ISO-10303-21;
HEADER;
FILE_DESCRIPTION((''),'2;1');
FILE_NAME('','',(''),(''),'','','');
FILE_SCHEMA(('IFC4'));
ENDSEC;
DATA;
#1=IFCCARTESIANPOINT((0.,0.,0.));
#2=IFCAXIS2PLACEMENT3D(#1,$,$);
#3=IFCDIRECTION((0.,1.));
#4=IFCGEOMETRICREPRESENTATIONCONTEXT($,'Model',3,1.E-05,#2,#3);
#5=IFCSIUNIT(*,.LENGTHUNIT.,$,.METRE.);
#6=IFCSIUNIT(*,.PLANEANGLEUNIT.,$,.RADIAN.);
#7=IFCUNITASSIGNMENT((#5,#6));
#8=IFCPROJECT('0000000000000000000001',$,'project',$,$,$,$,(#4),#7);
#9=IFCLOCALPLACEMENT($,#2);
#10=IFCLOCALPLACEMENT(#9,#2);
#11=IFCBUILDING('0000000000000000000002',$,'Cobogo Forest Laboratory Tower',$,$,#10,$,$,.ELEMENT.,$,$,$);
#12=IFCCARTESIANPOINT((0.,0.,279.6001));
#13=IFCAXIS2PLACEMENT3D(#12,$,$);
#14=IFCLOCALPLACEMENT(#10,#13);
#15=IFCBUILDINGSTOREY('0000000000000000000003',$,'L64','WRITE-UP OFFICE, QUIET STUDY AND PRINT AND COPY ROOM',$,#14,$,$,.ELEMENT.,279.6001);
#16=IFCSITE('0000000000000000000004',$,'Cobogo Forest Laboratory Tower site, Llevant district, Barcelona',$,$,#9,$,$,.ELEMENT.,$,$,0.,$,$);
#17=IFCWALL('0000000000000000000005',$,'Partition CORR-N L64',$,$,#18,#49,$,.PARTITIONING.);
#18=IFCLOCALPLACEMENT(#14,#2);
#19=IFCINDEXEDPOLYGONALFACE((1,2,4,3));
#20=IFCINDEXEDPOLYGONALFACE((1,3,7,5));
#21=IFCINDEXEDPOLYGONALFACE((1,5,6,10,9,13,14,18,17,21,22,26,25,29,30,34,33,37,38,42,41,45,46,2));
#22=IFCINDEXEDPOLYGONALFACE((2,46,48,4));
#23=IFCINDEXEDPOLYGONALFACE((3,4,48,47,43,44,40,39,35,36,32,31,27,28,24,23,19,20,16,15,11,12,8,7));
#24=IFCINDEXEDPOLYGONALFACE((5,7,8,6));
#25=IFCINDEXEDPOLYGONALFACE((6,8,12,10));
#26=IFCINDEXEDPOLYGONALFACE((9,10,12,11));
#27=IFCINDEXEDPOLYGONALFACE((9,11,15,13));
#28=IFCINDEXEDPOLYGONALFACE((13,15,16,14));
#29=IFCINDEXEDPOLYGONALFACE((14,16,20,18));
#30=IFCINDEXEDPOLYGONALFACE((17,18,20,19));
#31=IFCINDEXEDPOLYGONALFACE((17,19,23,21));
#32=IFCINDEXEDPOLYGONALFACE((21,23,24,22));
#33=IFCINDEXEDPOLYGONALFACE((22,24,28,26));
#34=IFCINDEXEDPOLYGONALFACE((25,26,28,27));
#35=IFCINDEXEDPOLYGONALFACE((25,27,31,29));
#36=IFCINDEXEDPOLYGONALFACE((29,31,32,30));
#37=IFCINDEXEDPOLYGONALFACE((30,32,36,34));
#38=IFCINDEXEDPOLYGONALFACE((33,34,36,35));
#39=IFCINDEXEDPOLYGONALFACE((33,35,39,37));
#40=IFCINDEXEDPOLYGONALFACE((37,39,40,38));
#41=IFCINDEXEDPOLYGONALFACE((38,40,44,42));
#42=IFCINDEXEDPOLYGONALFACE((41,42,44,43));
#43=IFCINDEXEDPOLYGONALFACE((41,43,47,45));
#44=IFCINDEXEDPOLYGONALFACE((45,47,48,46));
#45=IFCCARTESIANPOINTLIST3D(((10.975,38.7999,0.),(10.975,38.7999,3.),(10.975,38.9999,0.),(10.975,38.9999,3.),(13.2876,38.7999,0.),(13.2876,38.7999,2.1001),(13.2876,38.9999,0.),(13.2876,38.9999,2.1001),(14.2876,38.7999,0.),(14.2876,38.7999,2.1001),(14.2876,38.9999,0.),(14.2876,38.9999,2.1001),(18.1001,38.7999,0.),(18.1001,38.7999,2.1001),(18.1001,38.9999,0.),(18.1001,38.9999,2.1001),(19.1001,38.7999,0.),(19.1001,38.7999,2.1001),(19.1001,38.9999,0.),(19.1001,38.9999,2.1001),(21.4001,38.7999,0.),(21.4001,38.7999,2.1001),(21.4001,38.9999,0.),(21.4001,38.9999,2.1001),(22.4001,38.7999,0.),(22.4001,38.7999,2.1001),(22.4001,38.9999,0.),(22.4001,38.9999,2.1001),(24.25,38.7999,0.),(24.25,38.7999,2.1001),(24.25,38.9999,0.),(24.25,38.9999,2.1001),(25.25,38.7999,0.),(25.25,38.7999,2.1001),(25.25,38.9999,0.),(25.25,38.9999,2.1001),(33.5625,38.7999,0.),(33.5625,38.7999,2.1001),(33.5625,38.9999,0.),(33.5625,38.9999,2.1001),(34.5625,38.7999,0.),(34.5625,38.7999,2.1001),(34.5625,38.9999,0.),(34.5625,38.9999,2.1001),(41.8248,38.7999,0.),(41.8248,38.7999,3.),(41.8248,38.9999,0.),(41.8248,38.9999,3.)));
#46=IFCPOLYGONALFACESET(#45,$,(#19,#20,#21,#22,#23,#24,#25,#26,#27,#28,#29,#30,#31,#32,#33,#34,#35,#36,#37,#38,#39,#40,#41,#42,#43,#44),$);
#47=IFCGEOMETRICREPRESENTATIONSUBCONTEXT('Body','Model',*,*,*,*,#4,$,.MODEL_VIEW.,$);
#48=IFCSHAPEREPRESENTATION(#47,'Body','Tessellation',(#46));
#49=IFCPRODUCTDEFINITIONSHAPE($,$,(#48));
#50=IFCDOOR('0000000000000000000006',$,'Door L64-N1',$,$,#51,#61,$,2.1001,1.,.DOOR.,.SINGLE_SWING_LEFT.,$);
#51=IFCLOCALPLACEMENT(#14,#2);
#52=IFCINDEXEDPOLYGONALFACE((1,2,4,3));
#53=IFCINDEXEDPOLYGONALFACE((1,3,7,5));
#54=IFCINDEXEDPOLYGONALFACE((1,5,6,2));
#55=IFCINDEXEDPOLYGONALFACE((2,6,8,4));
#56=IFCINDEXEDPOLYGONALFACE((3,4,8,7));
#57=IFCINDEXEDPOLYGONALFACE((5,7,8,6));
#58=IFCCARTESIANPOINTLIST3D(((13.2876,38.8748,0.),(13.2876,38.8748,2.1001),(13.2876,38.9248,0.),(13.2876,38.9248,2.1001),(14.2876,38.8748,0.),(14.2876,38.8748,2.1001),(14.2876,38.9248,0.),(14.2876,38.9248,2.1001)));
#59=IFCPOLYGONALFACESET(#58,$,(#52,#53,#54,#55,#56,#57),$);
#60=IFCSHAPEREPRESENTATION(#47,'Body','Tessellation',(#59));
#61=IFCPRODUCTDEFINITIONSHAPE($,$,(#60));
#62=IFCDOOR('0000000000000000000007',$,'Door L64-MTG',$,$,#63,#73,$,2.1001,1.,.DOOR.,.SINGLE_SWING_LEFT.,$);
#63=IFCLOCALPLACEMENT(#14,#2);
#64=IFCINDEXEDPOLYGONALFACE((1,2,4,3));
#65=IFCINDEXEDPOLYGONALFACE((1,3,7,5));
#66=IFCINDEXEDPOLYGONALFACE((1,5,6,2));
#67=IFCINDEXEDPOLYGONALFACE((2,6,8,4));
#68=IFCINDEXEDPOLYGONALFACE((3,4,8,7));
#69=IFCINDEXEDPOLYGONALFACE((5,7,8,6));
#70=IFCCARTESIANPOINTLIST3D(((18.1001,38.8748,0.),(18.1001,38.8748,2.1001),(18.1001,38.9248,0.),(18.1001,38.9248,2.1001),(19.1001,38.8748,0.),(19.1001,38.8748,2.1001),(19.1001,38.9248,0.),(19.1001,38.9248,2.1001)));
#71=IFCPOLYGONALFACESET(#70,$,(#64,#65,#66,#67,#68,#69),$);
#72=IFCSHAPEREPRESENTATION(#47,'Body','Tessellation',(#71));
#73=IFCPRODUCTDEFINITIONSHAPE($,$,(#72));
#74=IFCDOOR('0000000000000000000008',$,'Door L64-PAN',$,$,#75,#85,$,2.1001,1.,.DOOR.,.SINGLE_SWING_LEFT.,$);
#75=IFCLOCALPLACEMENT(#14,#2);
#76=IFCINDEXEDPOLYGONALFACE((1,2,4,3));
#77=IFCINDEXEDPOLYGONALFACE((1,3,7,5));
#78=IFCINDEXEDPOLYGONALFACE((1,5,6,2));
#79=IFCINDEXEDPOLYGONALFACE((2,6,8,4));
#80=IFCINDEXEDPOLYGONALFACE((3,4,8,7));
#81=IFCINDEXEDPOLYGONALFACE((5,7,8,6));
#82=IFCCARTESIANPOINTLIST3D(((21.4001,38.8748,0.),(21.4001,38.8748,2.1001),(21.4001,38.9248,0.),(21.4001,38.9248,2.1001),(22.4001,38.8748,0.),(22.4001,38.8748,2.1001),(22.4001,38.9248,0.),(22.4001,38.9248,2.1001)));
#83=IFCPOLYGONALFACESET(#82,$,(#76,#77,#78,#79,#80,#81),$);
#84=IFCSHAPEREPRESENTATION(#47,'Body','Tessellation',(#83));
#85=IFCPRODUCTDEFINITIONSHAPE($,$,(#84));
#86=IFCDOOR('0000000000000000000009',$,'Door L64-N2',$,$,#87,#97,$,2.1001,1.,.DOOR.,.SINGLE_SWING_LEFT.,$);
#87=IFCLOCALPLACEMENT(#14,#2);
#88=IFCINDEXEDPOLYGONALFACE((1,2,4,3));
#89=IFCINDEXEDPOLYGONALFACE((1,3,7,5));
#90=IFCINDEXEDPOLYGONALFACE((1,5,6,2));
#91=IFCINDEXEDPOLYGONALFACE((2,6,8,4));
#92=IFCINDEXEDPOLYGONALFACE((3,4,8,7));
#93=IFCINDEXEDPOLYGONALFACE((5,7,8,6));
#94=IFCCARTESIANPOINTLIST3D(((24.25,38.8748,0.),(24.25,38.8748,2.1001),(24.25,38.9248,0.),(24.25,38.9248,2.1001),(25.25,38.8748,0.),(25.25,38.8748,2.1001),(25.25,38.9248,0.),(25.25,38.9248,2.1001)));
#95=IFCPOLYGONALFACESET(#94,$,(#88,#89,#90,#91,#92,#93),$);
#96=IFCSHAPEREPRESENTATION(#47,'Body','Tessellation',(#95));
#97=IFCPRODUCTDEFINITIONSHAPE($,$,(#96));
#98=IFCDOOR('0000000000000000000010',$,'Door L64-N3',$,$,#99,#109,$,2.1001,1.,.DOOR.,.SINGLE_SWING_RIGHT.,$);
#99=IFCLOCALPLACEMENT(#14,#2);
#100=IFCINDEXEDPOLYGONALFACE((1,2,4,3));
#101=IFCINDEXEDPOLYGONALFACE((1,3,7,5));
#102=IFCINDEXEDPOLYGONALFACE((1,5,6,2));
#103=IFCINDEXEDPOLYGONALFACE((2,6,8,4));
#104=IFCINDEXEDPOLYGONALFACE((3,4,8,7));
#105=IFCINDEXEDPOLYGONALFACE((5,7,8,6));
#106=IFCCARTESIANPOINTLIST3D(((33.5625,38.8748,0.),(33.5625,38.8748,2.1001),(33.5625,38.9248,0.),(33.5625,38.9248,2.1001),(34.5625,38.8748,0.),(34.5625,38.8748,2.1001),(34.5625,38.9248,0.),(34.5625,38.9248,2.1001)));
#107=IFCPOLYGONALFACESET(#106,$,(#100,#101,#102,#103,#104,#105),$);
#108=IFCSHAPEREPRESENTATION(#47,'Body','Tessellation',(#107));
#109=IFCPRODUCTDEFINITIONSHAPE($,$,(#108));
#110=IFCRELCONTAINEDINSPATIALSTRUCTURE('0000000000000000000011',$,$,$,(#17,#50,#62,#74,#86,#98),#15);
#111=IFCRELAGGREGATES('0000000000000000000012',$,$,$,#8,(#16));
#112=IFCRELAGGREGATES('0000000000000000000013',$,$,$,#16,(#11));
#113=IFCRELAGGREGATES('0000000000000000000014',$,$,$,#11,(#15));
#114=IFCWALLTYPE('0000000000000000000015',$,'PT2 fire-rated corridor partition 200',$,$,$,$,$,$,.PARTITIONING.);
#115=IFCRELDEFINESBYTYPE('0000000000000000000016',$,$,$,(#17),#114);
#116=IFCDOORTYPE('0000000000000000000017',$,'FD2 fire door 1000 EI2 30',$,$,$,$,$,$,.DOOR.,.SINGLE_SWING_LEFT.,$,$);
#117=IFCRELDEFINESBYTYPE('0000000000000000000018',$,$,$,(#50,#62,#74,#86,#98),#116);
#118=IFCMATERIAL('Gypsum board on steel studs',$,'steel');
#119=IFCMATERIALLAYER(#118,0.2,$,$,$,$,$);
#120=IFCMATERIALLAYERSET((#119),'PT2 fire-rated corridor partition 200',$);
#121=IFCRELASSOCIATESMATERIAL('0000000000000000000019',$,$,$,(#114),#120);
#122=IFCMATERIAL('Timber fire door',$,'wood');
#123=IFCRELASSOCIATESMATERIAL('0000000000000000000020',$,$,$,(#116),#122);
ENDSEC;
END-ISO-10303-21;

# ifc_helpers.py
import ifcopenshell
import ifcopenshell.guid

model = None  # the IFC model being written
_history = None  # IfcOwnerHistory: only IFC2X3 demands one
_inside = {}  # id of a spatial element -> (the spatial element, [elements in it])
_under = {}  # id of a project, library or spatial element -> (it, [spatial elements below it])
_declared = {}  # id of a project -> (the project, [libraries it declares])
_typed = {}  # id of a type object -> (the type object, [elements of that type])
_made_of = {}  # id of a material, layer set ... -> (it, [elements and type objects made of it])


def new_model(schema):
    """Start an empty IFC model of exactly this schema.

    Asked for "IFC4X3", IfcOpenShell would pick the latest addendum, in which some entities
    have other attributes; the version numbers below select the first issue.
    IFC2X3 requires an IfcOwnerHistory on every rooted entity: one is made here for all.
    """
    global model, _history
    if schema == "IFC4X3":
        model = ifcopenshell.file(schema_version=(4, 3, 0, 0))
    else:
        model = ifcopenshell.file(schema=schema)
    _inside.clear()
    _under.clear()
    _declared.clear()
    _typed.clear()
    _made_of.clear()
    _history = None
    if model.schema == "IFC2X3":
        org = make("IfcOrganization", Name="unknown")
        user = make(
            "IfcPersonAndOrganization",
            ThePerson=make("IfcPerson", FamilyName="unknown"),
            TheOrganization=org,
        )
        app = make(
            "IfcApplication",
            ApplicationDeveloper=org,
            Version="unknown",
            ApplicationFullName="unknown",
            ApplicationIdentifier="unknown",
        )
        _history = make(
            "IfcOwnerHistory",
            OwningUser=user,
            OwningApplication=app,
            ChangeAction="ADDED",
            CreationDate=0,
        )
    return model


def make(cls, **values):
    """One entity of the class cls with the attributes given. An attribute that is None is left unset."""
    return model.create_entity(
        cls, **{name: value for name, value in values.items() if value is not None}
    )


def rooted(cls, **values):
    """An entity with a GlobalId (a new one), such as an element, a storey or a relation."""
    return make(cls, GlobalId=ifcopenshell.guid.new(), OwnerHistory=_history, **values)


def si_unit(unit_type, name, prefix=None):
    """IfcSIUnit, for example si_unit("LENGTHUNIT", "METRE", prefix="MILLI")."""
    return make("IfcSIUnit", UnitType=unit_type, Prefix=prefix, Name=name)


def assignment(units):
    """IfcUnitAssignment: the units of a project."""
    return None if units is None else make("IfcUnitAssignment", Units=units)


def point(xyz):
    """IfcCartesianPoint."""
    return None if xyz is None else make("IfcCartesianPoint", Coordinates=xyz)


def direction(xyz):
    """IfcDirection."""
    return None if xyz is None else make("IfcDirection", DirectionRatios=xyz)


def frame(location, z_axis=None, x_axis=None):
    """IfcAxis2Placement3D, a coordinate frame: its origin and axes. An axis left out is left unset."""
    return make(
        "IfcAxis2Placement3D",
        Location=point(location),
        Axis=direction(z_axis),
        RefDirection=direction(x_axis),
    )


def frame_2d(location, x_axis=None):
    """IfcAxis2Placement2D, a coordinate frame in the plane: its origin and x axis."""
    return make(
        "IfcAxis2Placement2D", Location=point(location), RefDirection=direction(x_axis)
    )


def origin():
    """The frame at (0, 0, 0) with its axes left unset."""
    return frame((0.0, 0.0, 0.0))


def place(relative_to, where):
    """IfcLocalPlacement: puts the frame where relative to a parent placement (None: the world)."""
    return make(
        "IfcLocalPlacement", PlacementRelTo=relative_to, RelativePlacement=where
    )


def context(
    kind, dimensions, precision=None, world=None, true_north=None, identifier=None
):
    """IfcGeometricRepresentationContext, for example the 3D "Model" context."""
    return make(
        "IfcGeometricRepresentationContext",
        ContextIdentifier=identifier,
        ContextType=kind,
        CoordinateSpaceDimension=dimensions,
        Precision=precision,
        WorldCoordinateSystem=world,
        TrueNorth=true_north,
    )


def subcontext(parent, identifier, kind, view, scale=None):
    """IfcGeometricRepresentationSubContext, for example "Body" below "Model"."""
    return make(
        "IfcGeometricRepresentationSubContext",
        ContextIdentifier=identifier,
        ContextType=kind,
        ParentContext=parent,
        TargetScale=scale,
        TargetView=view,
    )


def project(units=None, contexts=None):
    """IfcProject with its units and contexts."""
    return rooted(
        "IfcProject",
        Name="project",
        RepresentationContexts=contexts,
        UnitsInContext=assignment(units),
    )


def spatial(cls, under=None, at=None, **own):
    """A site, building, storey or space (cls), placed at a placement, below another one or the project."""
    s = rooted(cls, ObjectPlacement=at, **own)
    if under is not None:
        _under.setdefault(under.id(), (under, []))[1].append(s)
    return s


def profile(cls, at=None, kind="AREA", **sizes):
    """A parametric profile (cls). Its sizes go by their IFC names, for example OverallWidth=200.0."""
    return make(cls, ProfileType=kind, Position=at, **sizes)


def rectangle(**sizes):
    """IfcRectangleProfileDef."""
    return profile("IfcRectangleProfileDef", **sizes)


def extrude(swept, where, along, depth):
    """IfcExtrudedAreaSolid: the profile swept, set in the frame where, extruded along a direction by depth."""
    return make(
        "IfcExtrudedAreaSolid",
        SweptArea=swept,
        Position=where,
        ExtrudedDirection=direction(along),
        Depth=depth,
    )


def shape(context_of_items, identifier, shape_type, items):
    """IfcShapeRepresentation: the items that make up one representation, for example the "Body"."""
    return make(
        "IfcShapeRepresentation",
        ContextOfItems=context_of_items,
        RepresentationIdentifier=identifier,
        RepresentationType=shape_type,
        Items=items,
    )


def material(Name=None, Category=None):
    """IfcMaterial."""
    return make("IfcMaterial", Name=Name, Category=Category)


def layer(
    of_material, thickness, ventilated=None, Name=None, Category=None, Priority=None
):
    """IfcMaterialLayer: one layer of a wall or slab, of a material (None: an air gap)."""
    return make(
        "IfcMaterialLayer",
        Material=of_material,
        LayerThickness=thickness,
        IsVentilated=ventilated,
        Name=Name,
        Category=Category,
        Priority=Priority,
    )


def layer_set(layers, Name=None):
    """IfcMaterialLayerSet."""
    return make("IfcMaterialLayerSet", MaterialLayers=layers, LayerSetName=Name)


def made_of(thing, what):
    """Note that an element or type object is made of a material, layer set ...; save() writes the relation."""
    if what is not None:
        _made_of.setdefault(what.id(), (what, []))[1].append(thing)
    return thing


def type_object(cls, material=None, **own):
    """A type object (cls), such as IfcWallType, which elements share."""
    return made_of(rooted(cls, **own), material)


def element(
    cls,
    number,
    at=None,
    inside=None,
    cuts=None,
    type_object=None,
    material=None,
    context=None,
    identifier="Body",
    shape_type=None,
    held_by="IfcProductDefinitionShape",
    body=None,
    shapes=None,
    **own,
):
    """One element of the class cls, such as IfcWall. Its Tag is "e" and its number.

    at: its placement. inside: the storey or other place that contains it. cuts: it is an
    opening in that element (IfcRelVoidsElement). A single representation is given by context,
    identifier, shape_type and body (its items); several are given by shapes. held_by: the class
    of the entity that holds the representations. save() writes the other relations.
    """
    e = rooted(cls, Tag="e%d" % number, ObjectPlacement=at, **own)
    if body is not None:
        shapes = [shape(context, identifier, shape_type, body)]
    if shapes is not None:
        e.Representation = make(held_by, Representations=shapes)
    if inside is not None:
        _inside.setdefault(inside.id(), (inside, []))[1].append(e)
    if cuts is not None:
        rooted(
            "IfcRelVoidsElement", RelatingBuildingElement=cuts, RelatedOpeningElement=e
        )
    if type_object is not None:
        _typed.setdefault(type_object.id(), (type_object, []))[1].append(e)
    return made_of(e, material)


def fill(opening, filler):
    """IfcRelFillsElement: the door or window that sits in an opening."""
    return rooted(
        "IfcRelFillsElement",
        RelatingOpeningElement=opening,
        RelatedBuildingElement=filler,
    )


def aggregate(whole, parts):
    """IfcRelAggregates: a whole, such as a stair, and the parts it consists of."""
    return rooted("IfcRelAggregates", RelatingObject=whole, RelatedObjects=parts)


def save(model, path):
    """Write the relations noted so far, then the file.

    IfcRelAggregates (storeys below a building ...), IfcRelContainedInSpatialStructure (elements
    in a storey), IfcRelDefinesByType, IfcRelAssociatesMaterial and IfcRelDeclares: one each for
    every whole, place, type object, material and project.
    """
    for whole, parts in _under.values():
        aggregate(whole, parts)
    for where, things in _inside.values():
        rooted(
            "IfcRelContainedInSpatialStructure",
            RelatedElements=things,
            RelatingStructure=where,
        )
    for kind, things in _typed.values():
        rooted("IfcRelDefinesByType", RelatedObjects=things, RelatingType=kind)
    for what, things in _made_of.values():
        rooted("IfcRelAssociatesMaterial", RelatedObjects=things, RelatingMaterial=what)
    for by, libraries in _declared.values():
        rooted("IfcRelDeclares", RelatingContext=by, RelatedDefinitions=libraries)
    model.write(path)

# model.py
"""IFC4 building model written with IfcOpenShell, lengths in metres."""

from ifc_helpers import new_model, si_unit, direction, frame, frame_2d, origin, place, context, subcontext, project, spatial, rectangle, extrude, material, layer, layer_set, type_object, element, fill, save


model = new_model("IFC4")

# Units and contexts
model_context = context("Model", 3, precision=1e-05, world=origin(), true_north=direction((0.0, 1.0)))
body_context = subcontext(model_context, "Body", "Model", "MODEL_VIEW")
ifc_project = project(units=[si_unit("LENGTHUNIT", "METRE"), si_unit("PLANEANGLEUNIT", "RADIAN")], contexts=[model_context])

# Site, building, storey
site_placement = place(None, origin())
site = spatial("IfcSite", under=ifc_project, at=site_placement, Name="Cobogo Forest Laboratory Tower site, Llevant district, Barcelona", CompositionType="ELEMENT", RefElevation=0.0)
building_placement = place(site_placement, origin())
building = spatial("IfcBuilding", under=site, at=building_placement, Name="Cobogo Forest Laboratory Tower", CompositionType="ELEMENT")
storey_placement = place(building_placement, frame((0.0, 0.0, 279.6001)))
storey = spatial("IfcBuildingStorey", under=building, at=storey_placement, Name="L64", Description="WRITE-UP OFFICE, QUIET STUDY AND PRINT AND COPY ROOM", CompositionType="ELEMENT", Elevation=279.6001)

# Shared definitions
ifc_material_1 = material(Name="Gypsum board on steel studs", Category="steel")

# Wall, openings, doors
ifc_layer_1 = layer(ifc_material_1, 0.2)
ifc_layer_set_1 = layer_set([ifc_layer_1], Name="PT2 fire-rated corridor partition 200")
wall_type_1 = type_object("IfcWallType", Name="PT2 fire-rated corridor partition 200", PredefinedType="PARTITIONING", material=ifc_layer_set_1)
wall_1_placement = place(storey_placement, frame((10.9751, 38.8999, 0.0), z_axis=(0.0, 0.0, 1.0), x_axis=(1.0, 0.0, 0.0)))
wall_1 = element("IfcWall", 1, at=wall_1_placement, inside=storey, type_object=wall_type_1, Name="Partition CORR-N L64", PredefinedType="PARTITIONING", context=body_context, shape_type="SweptSolid", body=[
    extrude(rectangle(XDim=30.8499, YDim=0.2, at=frame_2d((15.4248, 0.0))), origin(), (0.0, 0.0, 1.0), 3.0),
])
opening_1_placement = place(wall_1_placement, frame((2.3125, 0.0, 0.0)))
opening_1 = element("IfcOpeningElement", 2, at=opening_1_placement, cuts=wall_1, PredefinedType="OPENING", context=body_context, shape_type="SweptSolid", body=[
    extrude(rectangle(XDim=1.0, YDim=2.1001, at=frame_2d((0.5, 1.05))), frame((0.0, 0.1099, 0.0), z_axis=(0.0, -1.0, 0.0), x_axis=(1.0, 0.0, 0.0)), (0.0, 0.0, 1.0), 0.22),
])
opening_2_placement = place(wall_1_placement, frame((7.125, 0.0, 0.0)))
opening_2 = element("IfcOpeningElement", 3, at=opening_2_placement, cuts=wall_1, PredefinedType="OPENING", context=body_context, shape_type="SweptSolid", body=[
    extrude(rectangle(XDim=1.0, YDim=2.1001, at=frame_2d((0.5, 1.05))), frame((0.0, 0.1099, 0.0), z_axis=(0.0, -1.0, 0.0), x_axis=(1.0, 0.0, 0.0)), (0.0, 0.0, 1.0), 0.22),
])
opening_3_placement = place(wall_1_placement, frame((10.425, 0.0, 0.0)))
opening_3 = element("IfcOpeningElement", 4, at=opening_3_placement, cuts=wall_1, PredefinedType="OPENING", context=body_context, shape_type="SweptSolid", body=[
    extrude(rectangle(XDim=1.0, YDim=2.1001, at=frame_2d((0.5, 1.05))), frame((0.0, 0.1099, 0.0), z_axis=(0.0, -1.0, 0.0), x_axis=(1.0, 0.0, 0.0)), (0.0, 0.0, 1.0), 0.22),
])
opening_4_placement = place(wall_1_placement, frame((13.2749, 0.0, 0.0)))
opening_4 = element("IfcOpeningElement", 5, at=opening_4_placement, cuts=wall_1, PredefinedType="OPENING", context=body_context, shape_type="SweptSolid", body=[
    extrude(rectangle(XDim=1.0, YDim=2.1001, at=frame_2d((0.5, 1.05))), frame((0.0, 0.1099, 0.0), z_axis=(0.0, -1.0, 0.0), x_axis=(1.0, 0.0, 0.0)), (0.0, 0.0, 1.0), 0.22),
])
opening_5_placement = place(wall_1_placement, frame((22.5874, 0.0, 0.0)))
opening_5 = element("IfcOpeningElement", 6, at=opening_5_placement, cuts=wall_1, PredefinedType="OPENING", context=body_context, shape_type="SweptSolid", body=[
    extrude(rectangle(XDim=1.0, YDim=2.1001, at=frame_2d((0.5, 1.05))), frame((0.0, 0.1099, 0.0), z_axis=(0.0, -1.0, 0.0), x_axis=(1.0, 0.0, 0.0)), (0.0, 0.0, 1.0), 0.22),
])
ifc_material_2 = material(Name="Timber fire door", Category="wood")
door_type = type_object("IfcDoorType", Name="FD2 fire door 1000 EI2 30", OperationType="SINGLE_SWING_LEFT", PredefinedType="DOOR", material=ifc_material_2)
door_1_placement = place(opening_1_placement, origin())
door_1 = element("IfcDoor", 7, at=door_1_placement, inside=storey, type_object=door_type, Name="Door L64-N1", OperationType="SINGLE_SWING_LEFT", OverallHeight=2.1001, OverallWidth=1.0, PredefinedType="DOOR", context=body_context, shape_type="SweptSolid", body=[
    extrude(rectangle(XDim=1.0, YDim=2.1001, at=frame_2d((0.5, 1.05))), frame((0.0, 0.0249, 0.0), z_axis=(0.0, -1.0, 0.0), x_axis=(1.0, 0.0, 0.0)), (0.0, 0.0, 1.0), 0.05),
])
fill(opening_1, door_1)
door_2_placement = place(opening_2_placement, origin())
door_2 = element("IfcDoor", 8, at=door_2_placement, inside=storey, type_object=door_type, Name="Door L64-MTG", OperationType="SINGLE_SWING_LEFT", OverallHeight=2.1001, OverallWidth=1.0, PredefinedType="DOOR", context=body_context, shape_type="SweptSolid", body=[
    extrude(rectangle(XDim=1.0, YDim=2.1001, at=frame_2d((0.5, 1.05))), frame((0.0, 0.0249, 0.0), z_axis=(0.0, -1.0, 0.0), x_axis=(1.0, 0.0, 0.0)), (0.0, 0.0, 1.0), 0.05),
])
fill(opening_2, door_2)
door_3_placement = place(opening_3_placement, origin())
door_3 = element("IfcDoor", 9, at=door_3_placement, inside=storey, type_object=door_type, Name="Door L64-PAN", OperationType="SINGLE_SWING_LEFT", OverallHeight=2.1001, OverallWidth=1.0, PredefinedType="DOOR", context=body_context, shape_type="SweptSolid", body=[
    extrude(rectangle(XDim=1.0, YDim=2.1001, at=frame_2d((0.5, 1.05))), frame((0.0, 0.0249, 0.0), z_axis=(0.0, -1.0, 0.0), x_axis=(1.0, 0.0, 0.0)), (0.0, 0.0, 1.0), 0.05),
])
fill(opening_3, door_3)
door_4_placement = place(opening_4_placement, origin())
door_4 = element("IfcDoor", 10, at=door_4_placement, inside=storey, type_object=door_type, Name="Door L64-N2", OperationType="SINGLE_SWING_LEFT", OverallHeight=2.1001, OverallWidth=1.0, PredefinedType="DOOR", context=body_context, shape_type="SweptSolid", body=[
    extrude(rectangle(XDim=1.0, YDim=2.1001, at=frame_2d((0.5, 1.05))), frame((0.0, 0.0249, 0.0), z_axis=(0.0, -1.0, 0.0), x_axis=(1.0, 0.0, 0.0)), (0.0, 0.0, 1.0), 0.05),
])
fill(opening_4, door_4)
door_5_placement = place(opening_5_placement, origin())
door_5 = element("IfcDoor", 11, at=door_5_placement, inside=storey, type_object=door_type, Name="Door L64-N3", OperationType="SINGLE_SWING_RIGHT", OverallHeight=2.1001, OverallWidth=1.0, PredefinedType="DOOR", context=body_context, shape_type="SweptSolid", body=[
    extrude(rectangle(XDim=1.0, YDim=2.1001, at=frame_2d((0.5, 1.05))), frame((0.0, 0.0249, 0.0), z_axis=(0.0, -1.0, 0.0), x_axis=(1.0, 0.0, 0.0)), (0.0, 0.0, 1.0), 0.05),
])
fill(opening_5, door_5)

save(model, "model.ifc")
